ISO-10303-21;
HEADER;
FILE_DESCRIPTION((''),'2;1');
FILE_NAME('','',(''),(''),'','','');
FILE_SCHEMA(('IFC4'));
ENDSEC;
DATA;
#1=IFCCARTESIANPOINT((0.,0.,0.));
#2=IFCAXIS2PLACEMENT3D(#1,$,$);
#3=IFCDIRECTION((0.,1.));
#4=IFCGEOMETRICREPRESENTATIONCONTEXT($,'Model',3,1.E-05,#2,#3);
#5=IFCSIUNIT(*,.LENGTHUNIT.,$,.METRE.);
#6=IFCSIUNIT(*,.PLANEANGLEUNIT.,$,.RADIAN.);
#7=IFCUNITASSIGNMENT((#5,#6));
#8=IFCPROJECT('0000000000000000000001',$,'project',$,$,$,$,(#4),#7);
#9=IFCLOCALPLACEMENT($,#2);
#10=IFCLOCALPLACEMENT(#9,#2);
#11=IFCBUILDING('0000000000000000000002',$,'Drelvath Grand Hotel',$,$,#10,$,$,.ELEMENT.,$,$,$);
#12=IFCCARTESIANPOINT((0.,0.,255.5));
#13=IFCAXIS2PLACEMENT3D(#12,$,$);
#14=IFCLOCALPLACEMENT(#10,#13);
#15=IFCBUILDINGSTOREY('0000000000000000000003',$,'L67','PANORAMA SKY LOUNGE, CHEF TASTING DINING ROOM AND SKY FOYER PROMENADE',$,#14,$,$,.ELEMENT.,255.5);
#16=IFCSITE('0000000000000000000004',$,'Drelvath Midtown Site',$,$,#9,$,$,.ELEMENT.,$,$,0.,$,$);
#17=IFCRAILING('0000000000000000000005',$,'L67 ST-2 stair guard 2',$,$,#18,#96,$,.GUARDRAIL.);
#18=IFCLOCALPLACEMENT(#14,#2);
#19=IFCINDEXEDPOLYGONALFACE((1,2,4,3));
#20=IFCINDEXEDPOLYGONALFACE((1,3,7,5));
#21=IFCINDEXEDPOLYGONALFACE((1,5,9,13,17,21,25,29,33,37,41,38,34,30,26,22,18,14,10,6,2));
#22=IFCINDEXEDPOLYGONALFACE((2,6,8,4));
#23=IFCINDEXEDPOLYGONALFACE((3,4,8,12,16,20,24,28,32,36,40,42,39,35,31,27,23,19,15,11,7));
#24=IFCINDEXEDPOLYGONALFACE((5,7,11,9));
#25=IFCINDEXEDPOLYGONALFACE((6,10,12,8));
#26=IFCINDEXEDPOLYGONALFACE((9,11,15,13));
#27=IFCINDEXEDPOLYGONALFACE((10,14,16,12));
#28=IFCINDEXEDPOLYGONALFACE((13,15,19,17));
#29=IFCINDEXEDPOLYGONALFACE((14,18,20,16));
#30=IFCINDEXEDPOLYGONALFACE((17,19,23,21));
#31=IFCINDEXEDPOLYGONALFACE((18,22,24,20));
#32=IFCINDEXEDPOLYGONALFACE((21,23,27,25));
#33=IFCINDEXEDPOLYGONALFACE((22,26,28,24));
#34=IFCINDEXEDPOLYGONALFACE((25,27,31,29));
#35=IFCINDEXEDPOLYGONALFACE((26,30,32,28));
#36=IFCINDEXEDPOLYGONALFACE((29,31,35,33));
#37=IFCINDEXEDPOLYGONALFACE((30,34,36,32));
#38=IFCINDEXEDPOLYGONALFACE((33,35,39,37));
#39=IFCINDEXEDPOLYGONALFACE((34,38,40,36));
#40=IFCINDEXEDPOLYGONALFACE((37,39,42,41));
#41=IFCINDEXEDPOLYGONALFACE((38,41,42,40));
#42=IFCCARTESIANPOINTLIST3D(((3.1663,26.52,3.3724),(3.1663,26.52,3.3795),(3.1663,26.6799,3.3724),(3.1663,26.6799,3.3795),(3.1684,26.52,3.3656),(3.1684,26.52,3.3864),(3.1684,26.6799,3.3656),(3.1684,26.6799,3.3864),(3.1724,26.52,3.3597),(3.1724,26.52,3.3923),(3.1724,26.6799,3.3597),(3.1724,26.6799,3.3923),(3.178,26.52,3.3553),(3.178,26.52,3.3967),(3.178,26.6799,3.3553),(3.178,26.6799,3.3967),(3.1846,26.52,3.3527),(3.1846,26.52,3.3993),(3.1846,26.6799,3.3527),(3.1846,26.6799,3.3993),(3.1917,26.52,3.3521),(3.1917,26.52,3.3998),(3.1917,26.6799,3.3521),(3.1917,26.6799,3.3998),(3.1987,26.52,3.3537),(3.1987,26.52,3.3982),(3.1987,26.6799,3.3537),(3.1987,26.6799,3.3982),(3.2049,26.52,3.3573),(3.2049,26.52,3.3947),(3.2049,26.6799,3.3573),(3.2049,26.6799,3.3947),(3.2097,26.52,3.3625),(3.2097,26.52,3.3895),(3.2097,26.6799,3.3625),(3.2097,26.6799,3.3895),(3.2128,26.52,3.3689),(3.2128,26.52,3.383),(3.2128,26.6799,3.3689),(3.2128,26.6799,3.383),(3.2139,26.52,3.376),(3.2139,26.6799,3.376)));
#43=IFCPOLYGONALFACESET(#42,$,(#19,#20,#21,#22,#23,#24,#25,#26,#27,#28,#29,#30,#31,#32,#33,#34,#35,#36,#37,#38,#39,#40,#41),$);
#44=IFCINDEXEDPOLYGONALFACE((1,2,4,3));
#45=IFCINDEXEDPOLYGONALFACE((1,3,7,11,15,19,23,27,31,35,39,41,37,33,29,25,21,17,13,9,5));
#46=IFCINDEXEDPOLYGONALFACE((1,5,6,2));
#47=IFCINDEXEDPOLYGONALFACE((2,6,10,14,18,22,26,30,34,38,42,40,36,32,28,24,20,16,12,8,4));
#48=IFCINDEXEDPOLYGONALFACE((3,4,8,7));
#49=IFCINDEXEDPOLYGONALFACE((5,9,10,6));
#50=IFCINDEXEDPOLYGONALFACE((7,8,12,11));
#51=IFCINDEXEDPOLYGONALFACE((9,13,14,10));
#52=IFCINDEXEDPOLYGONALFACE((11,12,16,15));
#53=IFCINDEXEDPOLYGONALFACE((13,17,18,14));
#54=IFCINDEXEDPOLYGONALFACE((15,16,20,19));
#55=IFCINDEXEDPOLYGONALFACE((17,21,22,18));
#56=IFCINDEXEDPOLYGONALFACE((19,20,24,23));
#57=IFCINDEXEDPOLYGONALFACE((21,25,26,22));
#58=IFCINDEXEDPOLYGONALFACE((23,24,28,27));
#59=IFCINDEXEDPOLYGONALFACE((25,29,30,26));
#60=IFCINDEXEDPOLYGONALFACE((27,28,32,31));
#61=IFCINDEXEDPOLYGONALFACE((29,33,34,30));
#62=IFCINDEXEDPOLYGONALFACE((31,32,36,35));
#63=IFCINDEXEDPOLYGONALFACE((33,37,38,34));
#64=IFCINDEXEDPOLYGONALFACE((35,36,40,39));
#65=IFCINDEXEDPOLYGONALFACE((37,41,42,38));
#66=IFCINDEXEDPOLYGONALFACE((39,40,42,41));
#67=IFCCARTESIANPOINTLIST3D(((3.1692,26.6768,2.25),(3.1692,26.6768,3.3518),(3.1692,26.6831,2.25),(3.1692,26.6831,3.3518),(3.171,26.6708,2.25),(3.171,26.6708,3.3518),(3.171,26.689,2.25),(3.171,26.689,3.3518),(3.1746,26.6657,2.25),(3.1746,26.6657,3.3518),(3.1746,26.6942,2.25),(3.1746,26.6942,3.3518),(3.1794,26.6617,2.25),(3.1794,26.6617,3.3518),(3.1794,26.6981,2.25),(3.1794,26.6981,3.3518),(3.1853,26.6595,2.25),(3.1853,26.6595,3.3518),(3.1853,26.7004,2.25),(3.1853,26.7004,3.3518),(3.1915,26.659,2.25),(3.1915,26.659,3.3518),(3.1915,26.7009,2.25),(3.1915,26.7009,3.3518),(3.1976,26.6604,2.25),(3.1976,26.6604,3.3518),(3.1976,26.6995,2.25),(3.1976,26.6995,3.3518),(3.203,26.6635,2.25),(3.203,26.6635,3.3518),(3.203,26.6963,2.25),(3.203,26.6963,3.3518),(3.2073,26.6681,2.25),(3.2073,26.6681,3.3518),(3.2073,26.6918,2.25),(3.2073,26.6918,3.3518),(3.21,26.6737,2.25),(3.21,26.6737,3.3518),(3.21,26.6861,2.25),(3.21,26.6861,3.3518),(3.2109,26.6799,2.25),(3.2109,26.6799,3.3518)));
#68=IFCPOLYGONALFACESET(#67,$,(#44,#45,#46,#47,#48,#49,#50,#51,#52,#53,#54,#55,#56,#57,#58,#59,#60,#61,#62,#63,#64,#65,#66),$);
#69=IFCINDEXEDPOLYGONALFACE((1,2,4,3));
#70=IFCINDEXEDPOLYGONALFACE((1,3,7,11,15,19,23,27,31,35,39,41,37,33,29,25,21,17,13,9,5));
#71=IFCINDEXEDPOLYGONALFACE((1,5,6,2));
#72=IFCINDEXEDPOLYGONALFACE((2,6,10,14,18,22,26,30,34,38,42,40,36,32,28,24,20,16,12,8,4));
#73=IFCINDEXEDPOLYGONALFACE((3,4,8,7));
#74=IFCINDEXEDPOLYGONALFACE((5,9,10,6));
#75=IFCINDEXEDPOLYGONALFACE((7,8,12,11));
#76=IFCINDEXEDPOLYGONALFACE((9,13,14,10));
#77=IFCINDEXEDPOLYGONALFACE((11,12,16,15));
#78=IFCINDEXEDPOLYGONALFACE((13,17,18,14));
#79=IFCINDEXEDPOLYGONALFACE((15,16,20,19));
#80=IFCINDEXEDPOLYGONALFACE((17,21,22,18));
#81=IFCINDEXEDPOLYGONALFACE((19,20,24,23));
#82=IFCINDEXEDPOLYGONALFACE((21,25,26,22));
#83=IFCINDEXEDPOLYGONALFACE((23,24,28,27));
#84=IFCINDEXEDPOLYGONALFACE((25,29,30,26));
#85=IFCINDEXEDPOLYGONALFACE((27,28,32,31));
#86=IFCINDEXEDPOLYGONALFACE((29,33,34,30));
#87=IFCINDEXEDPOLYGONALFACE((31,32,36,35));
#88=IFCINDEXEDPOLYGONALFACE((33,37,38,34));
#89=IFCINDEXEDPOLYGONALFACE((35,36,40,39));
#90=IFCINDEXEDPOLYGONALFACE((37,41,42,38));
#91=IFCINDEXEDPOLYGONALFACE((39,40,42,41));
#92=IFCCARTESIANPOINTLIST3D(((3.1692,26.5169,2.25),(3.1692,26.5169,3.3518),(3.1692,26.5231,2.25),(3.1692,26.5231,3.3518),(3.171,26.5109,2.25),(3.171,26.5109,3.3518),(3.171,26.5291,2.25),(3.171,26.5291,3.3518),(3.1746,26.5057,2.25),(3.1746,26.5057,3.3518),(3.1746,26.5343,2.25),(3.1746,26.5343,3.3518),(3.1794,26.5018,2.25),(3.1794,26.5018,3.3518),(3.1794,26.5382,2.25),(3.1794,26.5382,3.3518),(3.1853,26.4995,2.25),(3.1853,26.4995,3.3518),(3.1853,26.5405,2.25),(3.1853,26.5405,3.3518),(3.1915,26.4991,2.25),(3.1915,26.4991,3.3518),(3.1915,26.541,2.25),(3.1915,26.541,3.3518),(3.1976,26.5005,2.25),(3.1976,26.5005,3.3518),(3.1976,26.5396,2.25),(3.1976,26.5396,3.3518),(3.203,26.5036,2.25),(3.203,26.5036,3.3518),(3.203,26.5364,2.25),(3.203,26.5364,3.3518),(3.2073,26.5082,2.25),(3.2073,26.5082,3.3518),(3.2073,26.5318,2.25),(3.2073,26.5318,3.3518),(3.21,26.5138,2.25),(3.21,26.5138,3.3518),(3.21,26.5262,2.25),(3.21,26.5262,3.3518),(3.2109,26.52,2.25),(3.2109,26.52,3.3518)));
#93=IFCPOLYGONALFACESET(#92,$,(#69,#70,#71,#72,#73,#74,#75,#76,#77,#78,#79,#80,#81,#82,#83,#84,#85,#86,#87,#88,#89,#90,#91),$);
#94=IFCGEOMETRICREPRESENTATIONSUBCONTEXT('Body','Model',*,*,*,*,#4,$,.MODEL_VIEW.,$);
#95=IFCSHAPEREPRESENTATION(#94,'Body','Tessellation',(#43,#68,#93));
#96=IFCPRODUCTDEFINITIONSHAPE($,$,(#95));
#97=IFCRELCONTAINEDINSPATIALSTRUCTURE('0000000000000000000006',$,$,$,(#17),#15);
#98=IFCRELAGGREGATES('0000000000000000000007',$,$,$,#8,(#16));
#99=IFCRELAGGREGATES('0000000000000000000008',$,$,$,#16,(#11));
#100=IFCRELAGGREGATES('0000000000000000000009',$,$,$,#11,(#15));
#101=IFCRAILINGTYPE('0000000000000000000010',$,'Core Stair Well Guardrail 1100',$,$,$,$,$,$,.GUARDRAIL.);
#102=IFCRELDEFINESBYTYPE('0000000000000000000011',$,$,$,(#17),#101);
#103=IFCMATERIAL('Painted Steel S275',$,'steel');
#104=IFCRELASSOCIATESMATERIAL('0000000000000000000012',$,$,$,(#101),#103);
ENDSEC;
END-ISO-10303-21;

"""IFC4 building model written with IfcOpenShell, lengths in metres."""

from ifc_helpers import new_model, si_unit, direction, frame, origin, origin_2d, place, context, subcontext, project, spatial, circle, extrude, material, type_object, element, save


model = new_model("IFC4")

# Units and contexts
model_context = context("Model", 3, precision=1e-05, world=origin(), true_north=direction((0.0, 1.0)))
body_context = subcontext(model_context, "Body", "Model", "MODEL_VIEW")
ifc_project = project(units=[si_unit("LENGTHUNIT", "METRE"), si_unit("PLANEANGLEUNIT", "RADIAN")], contexts=[model_context])

# Site, building, storey
site_placement = place(None, origin())
site = spatial("IfcSite", under=ifc_project, at=site_placement, Name="Drelvath Midtown Site", CompositionType="ELEMENT", RefElevation=0.0)
building_placement = place(site_placement, origin())
building = spatial("IfcBuilding", under=site, at=building_placement, Name="Drelvath Grand Hotel", CompositionType="ELEMENT")
storey_placement = place(building_placement, frame((0.0, 0.0, 255.5)))
storey = spatial("IfcBuildingStorey", under=building, at=storey_placement, Name="L67", Description="PANORAMA SKY LOUNGE, CHEF TASTING DINING ROOM AND SKY FOYER PROMENADE", CompositionType="ELEMENT", Elevation=255.5)

# Railing
ifc_material_1 = material(Name="Painted Steel S275", Category="steel")
railing_type_1 = type_object("IfcRailingType", Name="Core Stair Well Guardrail 1100", PredefinedType="GUARDRAIL", material=ifc_material_1)
railing_1_placement = place(storey_placement, frame((3.1899, 26.6799, 2.25)))
element("IfcRailing", 1, at=railing_1_placement, inside=storey, type_object=railing_type_1, Name="L67 ST-2 stair guard 2", PredefinedType="GUARDRAIL", context=body_context, shape_type="SweptSolid", body=[
    extrude(circle(Radius=0.0239, at=origin_2d()), frame((0.0, 0.0, 1.126), z_axis=(0.0, -1.0, 0.0), x_axis=(1.0, 0.0, 0.0)), (0.0, 0.0, 1.0), 0.1599),
    extrude(circle(Radius=0.021, at=origin_2d()), origin(), (0.0, 0.0, 1.0), 1.1018),
    extrude(circle(Radius=0.021, at=origin_2d()), frame((0.0, -0.1599, 0.0)), (0.0, 0.0, 1.0), 1.1018),
])

save(model, "model.ifc")
